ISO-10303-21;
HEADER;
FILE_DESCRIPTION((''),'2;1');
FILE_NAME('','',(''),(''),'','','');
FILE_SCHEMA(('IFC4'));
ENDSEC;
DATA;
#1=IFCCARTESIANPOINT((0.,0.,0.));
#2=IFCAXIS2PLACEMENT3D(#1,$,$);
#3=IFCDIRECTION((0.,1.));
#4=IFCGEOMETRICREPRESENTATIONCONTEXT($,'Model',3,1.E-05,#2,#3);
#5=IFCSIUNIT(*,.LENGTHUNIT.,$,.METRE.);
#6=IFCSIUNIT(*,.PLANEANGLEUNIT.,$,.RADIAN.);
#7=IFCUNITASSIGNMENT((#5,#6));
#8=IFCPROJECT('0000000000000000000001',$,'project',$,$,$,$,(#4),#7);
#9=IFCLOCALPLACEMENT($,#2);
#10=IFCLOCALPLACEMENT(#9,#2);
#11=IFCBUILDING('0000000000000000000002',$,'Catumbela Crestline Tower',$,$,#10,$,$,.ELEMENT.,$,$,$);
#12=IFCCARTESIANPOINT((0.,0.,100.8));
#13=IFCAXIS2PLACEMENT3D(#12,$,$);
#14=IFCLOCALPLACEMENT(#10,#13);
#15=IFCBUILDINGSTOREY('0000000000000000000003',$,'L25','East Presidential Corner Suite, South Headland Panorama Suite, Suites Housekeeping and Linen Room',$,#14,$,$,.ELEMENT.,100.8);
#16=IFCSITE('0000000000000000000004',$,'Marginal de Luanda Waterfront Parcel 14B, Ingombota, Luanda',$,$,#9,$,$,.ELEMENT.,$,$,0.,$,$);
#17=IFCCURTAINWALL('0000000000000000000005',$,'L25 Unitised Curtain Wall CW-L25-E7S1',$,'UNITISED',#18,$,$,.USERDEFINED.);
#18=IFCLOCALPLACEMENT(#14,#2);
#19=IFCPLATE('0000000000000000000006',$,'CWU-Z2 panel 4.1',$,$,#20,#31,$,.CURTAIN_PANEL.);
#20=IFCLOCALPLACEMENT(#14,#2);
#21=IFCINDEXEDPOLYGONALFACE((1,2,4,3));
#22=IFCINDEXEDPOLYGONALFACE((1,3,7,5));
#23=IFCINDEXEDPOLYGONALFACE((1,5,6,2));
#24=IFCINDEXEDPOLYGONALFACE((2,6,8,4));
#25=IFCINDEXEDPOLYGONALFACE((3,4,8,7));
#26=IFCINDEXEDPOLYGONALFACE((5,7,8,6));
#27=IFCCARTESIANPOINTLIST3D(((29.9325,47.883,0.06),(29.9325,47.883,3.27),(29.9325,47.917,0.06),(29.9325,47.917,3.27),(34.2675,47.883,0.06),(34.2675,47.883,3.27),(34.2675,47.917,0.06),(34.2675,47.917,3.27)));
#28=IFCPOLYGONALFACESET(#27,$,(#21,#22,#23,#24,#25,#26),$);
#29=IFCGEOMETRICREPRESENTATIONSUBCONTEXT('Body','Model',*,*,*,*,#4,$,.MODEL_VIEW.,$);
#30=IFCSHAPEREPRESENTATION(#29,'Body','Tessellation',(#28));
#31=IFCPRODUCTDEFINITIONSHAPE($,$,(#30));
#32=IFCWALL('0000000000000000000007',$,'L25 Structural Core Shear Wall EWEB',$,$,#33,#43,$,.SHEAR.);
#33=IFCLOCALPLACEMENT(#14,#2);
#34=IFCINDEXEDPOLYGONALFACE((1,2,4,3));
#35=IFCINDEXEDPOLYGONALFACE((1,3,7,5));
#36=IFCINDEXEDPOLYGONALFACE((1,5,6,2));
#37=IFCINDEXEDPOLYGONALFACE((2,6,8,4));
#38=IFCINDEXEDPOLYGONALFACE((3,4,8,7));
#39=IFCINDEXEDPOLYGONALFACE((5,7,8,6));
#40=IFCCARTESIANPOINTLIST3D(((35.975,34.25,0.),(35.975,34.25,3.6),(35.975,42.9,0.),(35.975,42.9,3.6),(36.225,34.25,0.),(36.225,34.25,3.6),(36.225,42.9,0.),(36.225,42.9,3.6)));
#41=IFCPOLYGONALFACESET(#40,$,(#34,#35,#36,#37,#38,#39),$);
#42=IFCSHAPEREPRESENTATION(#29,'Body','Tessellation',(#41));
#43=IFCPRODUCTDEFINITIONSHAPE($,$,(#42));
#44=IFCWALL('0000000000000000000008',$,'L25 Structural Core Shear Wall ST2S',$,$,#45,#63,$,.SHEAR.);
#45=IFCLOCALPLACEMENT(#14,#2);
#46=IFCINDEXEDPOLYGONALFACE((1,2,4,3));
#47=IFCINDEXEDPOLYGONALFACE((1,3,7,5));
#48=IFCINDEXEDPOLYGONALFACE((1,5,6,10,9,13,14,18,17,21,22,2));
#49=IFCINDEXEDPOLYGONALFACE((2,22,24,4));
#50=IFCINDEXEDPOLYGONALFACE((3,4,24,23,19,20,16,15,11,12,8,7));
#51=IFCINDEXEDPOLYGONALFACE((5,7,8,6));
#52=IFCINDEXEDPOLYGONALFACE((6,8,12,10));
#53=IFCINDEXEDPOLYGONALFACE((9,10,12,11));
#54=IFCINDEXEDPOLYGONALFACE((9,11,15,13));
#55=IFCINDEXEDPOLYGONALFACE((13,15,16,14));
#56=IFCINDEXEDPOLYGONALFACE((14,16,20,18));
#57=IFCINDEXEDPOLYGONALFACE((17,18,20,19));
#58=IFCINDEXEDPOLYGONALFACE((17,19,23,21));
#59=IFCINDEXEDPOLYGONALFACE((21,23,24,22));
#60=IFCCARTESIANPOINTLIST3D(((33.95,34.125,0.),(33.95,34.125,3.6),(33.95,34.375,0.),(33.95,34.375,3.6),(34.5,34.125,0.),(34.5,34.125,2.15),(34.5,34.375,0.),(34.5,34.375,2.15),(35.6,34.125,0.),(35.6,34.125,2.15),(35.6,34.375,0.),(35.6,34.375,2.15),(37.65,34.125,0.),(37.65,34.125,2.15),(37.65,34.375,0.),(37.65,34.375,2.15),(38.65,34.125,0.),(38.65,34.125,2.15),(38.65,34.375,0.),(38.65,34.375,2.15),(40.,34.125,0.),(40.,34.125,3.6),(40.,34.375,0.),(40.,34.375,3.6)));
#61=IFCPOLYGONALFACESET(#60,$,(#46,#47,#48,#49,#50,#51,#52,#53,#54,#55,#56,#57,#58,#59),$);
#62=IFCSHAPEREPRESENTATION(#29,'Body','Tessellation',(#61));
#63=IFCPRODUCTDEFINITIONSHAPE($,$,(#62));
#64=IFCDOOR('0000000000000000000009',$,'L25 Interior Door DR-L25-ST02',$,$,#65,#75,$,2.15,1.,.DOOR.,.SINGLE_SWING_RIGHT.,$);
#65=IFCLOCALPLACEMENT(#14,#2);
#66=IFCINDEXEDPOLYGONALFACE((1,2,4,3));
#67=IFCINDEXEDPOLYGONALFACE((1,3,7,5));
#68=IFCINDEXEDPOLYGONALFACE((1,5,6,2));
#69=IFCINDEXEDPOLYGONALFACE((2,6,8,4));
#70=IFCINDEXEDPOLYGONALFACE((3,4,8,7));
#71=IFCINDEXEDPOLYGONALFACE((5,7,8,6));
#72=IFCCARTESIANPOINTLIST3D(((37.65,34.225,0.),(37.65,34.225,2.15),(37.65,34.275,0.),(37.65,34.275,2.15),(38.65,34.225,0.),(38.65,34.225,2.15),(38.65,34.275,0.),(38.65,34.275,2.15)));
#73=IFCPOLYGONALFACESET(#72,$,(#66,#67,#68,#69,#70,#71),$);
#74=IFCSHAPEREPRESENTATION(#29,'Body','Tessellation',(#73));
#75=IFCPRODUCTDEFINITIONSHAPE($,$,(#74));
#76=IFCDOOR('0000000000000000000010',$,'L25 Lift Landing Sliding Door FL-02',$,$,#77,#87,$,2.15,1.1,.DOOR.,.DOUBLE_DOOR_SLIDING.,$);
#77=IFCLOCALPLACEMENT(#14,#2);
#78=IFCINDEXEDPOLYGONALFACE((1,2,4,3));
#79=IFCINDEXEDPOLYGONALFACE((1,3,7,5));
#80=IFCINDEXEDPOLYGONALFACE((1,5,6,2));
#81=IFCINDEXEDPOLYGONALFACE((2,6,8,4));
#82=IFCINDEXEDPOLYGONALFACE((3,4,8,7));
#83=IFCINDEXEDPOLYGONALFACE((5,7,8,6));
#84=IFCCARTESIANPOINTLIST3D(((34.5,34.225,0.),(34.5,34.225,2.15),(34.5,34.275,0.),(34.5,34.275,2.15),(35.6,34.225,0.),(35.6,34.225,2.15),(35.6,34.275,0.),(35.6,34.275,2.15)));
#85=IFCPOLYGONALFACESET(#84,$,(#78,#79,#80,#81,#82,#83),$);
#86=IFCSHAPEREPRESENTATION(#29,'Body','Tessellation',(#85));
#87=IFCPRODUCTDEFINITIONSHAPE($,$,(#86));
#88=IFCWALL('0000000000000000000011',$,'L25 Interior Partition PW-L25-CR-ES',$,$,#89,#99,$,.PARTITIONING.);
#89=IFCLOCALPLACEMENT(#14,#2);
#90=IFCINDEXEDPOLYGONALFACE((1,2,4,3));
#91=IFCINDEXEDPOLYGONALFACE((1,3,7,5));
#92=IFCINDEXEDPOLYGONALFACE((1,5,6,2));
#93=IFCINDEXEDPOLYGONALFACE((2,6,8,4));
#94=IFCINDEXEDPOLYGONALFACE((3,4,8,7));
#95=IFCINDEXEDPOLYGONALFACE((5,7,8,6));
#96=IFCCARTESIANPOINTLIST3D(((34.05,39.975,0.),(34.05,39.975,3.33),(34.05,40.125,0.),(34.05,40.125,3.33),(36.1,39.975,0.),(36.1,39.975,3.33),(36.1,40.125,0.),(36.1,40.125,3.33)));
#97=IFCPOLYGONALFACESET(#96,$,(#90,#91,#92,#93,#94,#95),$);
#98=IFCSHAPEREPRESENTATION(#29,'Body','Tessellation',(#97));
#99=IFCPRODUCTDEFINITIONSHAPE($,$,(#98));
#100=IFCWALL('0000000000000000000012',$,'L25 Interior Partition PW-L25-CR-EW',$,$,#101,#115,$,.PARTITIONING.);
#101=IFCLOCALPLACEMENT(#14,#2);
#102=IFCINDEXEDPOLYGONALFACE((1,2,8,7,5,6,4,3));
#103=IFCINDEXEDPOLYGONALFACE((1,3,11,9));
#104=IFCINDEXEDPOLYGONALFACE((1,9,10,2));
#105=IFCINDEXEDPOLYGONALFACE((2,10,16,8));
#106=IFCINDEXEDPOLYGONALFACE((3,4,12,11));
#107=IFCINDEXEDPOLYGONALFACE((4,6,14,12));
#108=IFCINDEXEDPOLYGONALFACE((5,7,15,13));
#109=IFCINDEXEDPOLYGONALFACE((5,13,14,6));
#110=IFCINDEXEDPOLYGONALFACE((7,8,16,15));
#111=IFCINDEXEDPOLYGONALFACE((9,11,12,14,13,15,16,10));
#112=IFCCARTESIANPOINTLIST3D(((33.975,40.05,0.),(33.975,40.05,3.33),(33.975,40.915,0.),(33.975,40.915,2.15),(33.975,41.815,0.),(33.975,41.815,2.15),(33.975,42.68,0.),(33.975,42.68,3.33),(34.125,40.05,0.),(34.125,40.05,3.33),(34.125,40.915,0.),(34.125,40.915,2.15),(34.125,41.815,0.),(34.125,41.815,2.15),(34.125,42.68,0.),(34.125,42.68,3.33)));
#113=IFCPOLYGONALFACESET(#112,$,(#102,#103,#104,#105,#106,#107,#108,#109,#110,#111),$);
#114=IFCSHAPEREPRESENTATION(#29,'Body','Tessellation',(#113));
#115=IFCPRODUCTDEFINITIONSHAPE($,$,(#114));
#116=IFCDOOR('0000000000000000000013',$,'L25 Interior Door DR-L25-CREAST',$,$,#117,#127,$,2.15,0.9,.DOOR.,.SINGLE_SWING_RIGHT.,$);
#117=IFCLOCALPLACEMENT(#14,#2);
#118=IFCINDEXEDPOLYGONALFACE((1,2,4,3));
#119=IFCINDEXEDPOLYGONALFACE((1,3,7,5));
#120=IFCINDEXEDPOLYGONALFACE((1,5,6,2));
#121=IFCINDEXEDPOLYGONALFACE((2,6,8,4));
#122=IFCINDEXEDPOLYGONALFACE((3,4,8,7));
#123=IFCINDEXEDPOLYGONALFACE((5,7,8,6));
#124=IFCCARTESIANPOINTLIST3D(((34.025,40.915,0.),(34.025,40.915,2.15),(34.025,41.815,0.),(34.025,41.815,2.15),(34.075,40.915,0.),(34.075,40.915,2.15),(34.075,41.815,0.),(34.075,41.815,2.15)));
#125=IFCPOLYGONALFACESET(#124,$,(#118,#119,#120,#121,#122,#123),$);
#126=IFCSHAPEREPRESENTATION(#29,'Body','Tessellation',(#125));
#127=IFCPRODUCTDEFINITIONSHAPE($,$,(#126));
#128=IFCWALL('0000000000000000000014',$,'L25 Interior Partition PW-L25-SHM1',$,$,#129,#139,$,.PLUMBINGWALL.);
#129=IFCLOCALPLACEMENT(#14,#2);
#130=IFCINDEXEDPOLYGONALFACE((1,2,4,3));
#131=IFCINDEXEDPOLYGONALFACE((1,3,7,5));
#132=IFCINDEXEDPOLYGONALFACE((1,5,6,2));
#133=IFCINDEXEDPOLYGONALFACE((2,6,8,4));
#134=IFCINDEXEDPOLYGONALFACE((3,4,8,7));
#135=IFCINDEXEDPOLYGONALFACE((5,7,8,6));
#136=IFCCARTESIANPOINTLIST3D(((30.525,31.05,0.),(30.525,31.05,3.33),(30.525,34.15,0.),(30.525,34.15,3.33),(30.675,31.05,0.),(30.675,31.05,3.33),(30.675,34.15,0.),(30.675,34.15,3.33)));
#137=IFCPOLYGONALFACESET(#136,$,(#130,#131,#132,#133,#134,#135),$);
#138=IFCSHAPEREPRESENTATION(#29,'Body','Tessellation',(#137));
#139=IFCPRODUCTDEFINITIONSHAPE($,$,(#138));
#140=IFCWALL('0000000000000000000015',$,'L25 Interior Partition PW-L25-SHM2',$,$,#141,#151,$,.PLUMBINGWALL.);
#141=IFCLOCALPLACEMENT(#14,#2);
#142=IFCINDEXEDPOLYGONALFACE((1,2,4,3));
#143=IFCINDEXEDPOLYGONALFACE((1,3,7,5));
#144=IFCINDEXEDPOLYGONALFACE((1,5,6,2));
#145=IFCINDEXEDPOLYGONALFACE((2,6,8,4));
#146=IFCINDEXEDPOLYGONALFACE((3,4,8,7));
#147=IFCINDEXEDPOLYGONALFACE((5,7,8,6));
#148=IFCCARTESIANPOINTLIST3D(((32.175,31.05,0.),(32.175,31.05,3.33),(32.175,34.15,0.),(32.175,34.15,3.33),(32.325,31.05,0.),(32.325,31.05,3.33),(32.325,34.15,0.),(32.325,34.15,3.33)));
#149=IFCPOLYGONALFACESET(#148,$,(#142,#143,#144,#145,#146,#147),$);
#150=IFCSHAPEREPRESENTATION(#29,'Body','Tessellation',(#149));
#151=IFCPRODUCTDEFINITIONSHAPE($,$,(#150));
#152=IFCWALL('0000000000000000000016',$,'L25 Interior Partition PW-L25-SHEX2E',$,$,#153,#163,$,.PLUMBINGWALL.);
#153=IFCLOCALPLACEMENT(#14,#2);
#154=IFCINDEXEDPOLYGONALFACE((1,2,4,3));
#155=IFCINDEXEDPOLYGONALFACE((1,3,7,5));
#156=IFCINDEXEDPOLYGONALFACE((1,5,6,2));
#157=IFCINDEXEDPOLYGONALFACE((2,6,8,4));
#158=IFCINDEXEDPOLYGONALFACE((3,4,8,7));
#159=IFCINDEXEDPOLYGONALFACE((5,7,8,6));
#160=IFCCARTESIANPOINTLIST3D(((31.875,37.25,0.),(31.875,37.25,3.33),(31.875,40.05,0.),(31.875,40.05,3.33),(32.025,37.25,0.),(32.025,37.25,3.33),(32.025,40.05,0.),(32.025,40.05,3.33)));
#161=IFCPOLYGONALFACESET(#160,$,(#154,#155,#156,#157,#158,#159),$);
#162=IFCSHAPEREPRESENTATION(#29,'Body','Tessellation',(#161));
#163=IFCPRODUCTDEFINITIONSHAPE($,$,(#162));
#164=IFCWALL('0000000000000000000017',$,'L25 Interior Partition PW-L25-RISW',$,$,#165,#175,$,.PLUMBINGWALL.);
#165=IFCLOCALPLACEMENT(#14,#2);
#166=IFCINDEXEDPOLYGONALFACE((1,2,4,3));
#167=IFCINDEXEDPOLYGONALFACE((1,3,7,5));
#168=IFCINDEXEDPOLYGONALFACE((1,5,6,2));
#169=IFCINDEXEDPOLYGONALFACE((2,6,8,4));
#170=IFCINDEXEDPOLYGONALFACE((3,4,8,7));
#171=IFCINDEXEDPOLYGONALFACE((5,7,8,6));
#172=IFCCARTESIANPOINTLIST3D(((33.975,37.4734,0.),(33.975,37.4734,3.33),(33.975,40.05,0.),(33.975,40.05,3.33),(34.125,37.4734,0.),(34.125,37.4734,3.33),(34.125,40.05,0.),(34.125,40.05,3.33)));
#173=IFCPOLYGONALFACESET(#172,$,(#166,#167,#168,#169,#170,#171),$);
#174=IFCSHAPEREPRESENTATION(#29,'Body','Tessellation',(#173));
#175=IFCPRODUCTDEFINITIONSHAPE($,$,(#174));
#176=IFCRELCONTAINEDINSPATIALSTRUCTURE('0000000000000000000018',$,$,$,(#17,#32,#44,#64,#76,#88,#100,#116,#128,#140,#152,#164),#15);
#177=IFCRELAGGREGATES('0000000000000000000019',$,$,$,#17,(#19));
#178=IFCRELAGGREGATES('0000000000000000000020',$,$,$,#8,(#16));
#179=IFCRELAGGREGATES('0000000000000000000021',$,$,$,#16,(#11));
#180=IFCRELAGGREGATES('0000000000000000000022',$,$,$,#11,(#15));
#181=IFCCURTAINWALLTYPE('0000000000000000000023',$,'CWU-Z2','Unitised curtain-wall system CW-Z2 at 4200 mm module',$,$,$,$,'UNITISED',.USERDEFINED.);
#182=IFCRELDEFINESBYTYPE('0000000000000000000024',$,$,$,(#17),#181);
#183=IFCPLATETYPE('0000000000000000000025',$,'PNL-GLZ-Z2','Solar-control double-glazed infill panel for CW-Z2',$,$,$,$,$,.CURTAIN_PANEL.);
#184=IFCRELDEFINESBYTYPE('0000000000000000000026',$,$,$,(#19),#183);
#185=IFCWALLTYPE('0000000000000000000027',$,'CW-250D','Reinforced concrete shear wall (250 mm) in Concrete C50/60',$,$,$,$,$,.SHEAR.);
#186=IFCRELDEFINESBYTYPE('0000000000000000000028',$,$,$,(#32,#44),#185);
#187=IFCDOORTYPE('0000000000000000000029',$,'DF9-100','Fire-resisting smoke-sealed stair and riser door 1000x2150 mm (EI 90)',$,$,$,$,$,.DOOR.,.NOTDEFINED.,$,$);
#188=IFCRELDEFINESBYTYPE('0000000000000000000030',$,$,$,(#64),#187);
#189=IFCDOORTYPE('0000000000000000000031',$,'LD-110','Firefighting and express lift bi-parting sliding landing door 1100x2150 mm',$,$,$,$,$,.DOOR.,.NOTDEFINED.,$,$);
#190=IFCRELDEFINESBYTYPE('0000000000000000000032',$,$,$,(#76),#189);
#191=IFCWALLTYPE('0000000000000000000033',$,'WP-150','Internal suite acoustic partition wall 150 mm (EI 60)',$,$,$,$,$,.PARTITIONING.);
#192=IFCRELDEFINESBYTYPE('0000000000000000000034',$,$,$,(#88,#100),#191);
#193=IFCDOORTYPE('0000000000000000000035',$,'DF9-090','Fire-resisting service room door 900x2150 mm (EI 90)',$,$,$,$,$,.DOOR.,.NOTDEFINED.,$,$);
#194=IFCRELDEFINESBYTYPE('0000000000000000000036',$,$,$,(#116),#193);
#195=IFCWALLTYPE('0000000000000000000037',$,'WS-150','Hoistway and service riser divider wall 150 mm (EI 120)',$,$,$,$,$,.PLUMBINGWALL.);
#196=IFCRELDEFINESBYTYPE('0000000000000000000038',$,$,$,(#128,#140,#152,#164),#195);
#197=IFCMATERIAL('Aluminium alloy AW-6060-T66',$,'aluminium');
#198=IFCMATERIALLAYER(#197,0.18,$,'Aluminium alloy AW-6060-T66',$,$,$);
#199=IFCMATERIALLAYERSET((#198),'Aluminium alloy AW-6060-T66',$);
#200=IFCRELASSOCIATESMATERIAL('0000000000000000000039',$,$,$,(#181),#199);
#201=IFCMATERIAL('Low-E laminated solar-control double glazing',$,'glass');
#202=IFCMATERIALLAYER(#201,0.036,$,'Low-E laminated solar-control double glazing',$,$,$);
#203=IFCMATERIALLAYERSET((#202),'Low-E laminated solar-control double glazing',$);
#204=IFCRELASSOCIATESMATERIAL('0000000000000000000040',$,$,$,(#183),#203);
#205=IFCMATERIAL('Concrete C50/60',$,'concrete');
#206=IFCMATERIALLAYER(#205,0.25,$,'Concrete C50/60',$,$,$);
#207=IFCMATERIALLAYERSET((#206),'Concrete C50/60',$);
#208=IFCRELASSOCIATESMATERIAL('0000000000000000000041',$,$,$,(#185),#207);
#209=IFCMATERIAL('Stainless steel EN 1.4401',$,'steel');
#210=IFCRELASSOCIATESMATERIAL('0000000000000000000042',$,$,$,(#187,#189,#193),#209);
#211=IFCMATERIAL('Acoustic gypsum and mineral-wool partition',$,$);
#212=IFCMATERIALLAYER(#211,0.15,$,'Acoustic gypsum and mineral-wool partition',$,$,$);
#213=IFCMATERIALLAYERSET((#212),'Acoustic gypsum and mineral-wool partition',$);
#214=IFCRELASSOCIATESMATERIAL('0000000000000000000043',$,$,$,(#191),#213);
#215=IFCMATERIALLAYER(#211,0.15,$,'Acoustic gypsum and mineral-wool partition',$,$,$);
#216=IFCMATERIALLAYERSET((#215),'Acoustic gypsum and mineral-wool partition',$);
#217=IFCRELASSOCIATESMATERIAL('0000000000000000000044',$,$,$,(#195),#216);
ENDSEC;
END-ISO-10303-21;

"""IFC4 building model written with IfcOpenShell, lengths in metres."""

from ifc_helpers import new_model, si_unit, direction, frame, frame_2d, origin, origin_2d, place, context, subcontext, project, spatial, rectangle, extrude, material, layer, layer_set, type_object, element, fill, aggregate, save


model = new_model("IFC4")

# Units and contexts
model_context = context("Model", 3, precision=1e-05, world=origin(), true_north=direction((0.0, 1.0)))
body_context = subcontext(model_context, "Body", "Model", "MODEL_VIEW")
ifc_project = project(units=[si_unit("LENGTHUNIT", "METRE"), si_unit("PLANEANGLEUNIT", "RADIAN")], contexts=[model_context])

# Site, building, storey
site_placement = place(None, origin())
site = spatial("IfcSite", under=ifc_project, at=site_placement, Name="Marginal de Luanda Waterfront Parcel 14B, Ingombota, Luanda", CompositionType="ELEMENT", RefElevation=0.0)
building_placement = place(site_placement, origin())
building = spatial("IfcBuilding", under=site, at=building_placement, Name="Catumbela Crestline Tower", CompositionType="ELEMENT")
storey_placement = place(building_placement, frame((0.0, 0.0, 100.8)))
storey = spatial("IfcBuildingStorey", under=building, at=storey_placement, Name="L25", Description="East Presidential Corner Suite, South Headland Panorama Suite, Suites Housekeeping and Linen Room", CompositionType="ELEMENT", Elevation=100.8)

# Shared definitions
ifc_material_1 = material(Name="Concrete C50/60", Category="concrete")

# Curtain wall
ifc_material_2 = material(Name="Aluminium alloy AW-6060-T66", Category="aluminium")
ifc_layer_1 = layer(ifc_material_2, 0.18, Name="Aluminium alloy AW-6060-T66")
ifc_layer_set_1 = layer_set([ifc_layer_1], Name="Aluminium alloy AW-6060-T66")
curtain_wall_type = type_object("IfcCurtainWallType", Name="CWU-Z2", Description="Unitised curtain-wall system CW-Z2 at 4200 mm module", ElementType="UNITISED", PredefinedType="USERDEFINED", material=ifc_layer_set_1)
curtain_wall_placement = place(storey_placement, origin())
curtain_wall = element("IfcCurtainWall", 1, at=curtain_wall_placement, inside=storey, type_object=curtain_wall_type, Name="L25 Unitised Curtain Wall CW-L25-E7S1", ObjectType="UNITISED", PredefinedType="USERDEFINED")

# Plate
ifc_material_3 = material(Name="Low-E laminated solar-control double glazing", Category="glass")
ifc_layer_2 = layer(ifc_material_3, 0.036, Name="Low-E laminated solar-control double glazing")
ifc_layer_set_2 = layer_set([ifc_layer_2], Name="Low-E laminated solar-control double glazing")
plate_type = type_object("IfcPlateType", Name="PNL-GLZ-Z2", Description="Solar-control double-glazed infill panel for CW-Z2", PredefinedType="CURTAIN_PANEL", material=ifc_layer_set_2)
plate_1_placement = place(storey_placement, frame((32.1, 47.9, 0.06), z_axis=(0.0, 0.0, 1.0), x_axis=(-1.0, 0.0, 0.0)))
plate_1 = element("IfcPlate", 2, at=plate_1_placement, type_object=plate_type, Name="CWU-Z2 panel 4.1", PredefinedType="CURTAIN_PANEL", context=body_context, shape_type="SweptSolid", body=[
    extrude(rectangle(XDim=4.335, YDim=0.034, at=origin_2d()), origin(), (0.0, 0.0, 1.0), 3.21),
])
aggregate(curtain_wall, [plate_1])

# Wall
ifc_layer_3 = layer(ifc_material_1, 0.25, Name="Concrete C50/60")
ifc_layer_set_3 = layer_set([ifc_layer_3], Name="Concrete C50/60")
wall_type_1 = type_object("IfcWallType", Name="CW-250D", Description="Reinforced concrete shear wall (250 mm) in Concrete C50/60", PredefinedType="SHEAR", material=ifc_layer_set_3)
wall_1_placement = place(storey_placement, frame((36.1, 34.25, 0.0), z_axis=(0.0, 0.0, 1.0), x_axis=(0.0, 1.0, 0.0)))
element("IfcWall", 3, at=wall_1_placement, inside=storey, type_object=wall_type_1, Name="L25 Structural Core Shear Wall EWEB", PredefinedType="SHEAR", context=body_context, shape_type="SweptSolid", body=[
    extrude(rectangle(XDim=8.65, YDim=0.25, at=frame_2d((4.325, 0.0))), origin(), (0.0, 0.0, 1.0), 3.6),
])

# Wall, openings, doors
wall_2_placement = place(storey_placement, frame((33.95, 34.25, 0.0), z_axis=(0.0, 0.0, 1.0), x_axis=(1.0, 0.0, 0.0)))
wall_2 = element("IfcWall", 4, at=wall_2_placement, inside=storey, type_object=wall_type_1, Name="L25 Structural Core Shear Wall ST2S", PredefinedType="SHEAR", context=body_context, shape_type="SweptSolid", body=[
    extrude(rectangle(XDim=6.05, YDim=0.25, at=frame_2d((3.025, 0.0))), origin(), (0.0, 0.0, 1.0), 3.6),
])
opening_1_placement = place(wall_2_placement, frame((3.7, 0.0, 0.0)))
opening_1 = element("IfcOpeningElement", 5, at=opening_1_placement, cuts=wall_2, PredefinedType="OPENING", context=body_context, shape_type="SweptSolid", body=[
    extrude(rectangle(XDim=1.0, YDim=2.15, at=frame_2d((0.5, 1.075))), frame((0.0, 0.135, 0.0), z_axis=(0.0, -1.0, 0.0), x_axis=(1.0, 0.0, 0.0)), (0.0, 0.0, 1.0), 0.27),
])
opening_2_placement = place(wall_2_placement, frame((0.55, 0.0, 0.0)))
opening_2 = element("IfcOpeningElement", 6, at=opening_2_placement, cuts=wall_2, PredefinedType="OPENING", context=body_context, shape_type="SweptSolid", body=[
    extrude(rectangle(XDim=1.1, YDim=2.15, at=frame_2d((0.55, 1.075))), frame((0.0, 0.135, 0.0), z_axis=(0.0, -1.0, 0.0), x_axis=(1.0, 0.0, 0.0)), (0.0, 0.0, 1.0), 0.27),
])
ifc_material_4 = material(Name="Stainless steel EN 1.4401", Category="steel")
door_type_1 = type_object("IfcDoorType", Name="DF9-100", Description="Fire-resisting smoke-sealed stair and riser door 1000x2150 mm (EI 90)", OperationType="NOTDEFINED", PredefinedType="DOOR", material=ifc_material_4)
door_1_placement = place(opening_1_placement, origin())
door_1 = element("IfcDoor", 7, at=door_1_placement, inside=storey, type_object=door_type_1, Name="L25 Interior Door DR-L25-ST02", OperationType="SINGLE_SWING_RIGHT", OverallHeight=2.15, OverallWidth=1.0, PredefinedType="DOOR", context=body_context, shape_type="SweptSolid", body=[
    extrude(rectangle(XDim=1.0, YDim=2.15, at=frame_2d((0.5, 1.075))), frame((0.0, 0.025, 0.0), z_axis=(0.0, -1.0, 0.0), x_axis=(1.0, 0.0, 0.0)), (0.0, 0.0, 1.0), 0.05),
])
fill(opening_1, door_1)
door_type_2 = type_object("IfcDoorType", Name="LD-110", Description="Firefighting and express lift bi-parting sliding landing door 1100x2150 mm", OperationType="NOTDEFINED", PredefinedType="DOOR", material=ifc_material_4)
door_2_placement = place(opening_2_placement, origin())
door_2 = element("IfcDoor", 8, at=door_2_placement, inside=storey, type_object=door_type_2, Name="L25 Lift Landing Sliding Door FL-02", OperationType="DOUBLE_DOOR_SLIDING", OverallHeight=2.15, OverallWidth=1.1, PredefinedType="DOOR", context=body_context, shape_type="SweptSolid", body=[
    extrude(rectangle(XDim=1.1, YDim=2.15, at=frame_2d((0.55, 1.075))), frame((0.0, 0.025, 0.0), z_axis=(0.0, -1.0, 0.0), x_axis=(1.0, 0.0, 0.0)), (0.0, 0.0, 1.0), 0.05),
])
fill(opening_2, door_2)

# Wall
ifc_material_5 = material(Name="Acoustic gypsum and mineral-wool partition")
ifc_layer_4 = layer(ifc_material_5, 0.15, Name="Acoustic gypsum and mineral-wool partition")
ifc_layer_set_4 = layer_set([ifc_layer_4], Name="Acoustic gypsum and mineral-wool partition")
wall_type_2 = type_object("IfcWallType", Name="WP-150", Description="Internal suite acoustic partition wall 150 mm (EI 60)", PredefinedType="PARTITIONING", material=ifc_layer_set_4)
wall_3_placement = place(storey_placement, frame((34.05, 40.05, 0.0), z_axis=(0.0, 0.0, 1.0), x_axis=(1.0, 0.0, 0.0)))
element("IfcWall", 9, at=wall_3_placement, inside=storey, type_object=wall_type_2, Name="L25 Interior Partition PW-L25-CR-ES", PredefinedType="PARTITIONING", context=body_context, shape_type="SweptSolid", body=[
    extrude(rectangle(XDim=2.05, YDim=0.15, at=frame_2d((1.025, 0.0))), origin(), (0.0, 0.0, 1.0), 3.33),
])

# Wall, opening, door
wall_4_placement = place(storey_placement, frame((34.05, 40.05, 0.0), z_axis=(0.0, 0.0, 1.0), x_axis=(0.0, 1.0, 0.0)))
wall_4 = element("IfcWall", 10, at=wall_4_placement, inside=storey, type_object=wall_type_2, Name="L25 Interior Partition PW-L25-CR-EW", PredefinedType="PARTITIONING", context=body_context, shape_type="SweptSolid", body=[
    extrude(rectangle(XDim=2.63, YDim=0.15, at=frame_2d((1.315, 0.0))), origin(), (0.0, 0.0, 1.0), 3.33),
])
opening_3_placement = place(wall_4_placement, frame((0.865, 0.0, 0.0)))
opening_3 = element("IfcOpeningElement", 11, at=opening_3_placement, cuts=wall_4, PredefinedType="OPENING", context=body_context, shape_type="SweptSolid", body=[
    extrude(rectangle(XDim=0.9, YDim=2.15, at=frame_2d((0.45, 1.075))), frame((0.0, 0.085, 0.0), z_axis=(0.0, -1.0, 0.0), x_axis=(1.0, 0.0, 0.0)), (0.0, 0.0, 1.0), 0.17),
])
door_type_3 = type_object("IfcDoorType", Name="DF9-090", Description="Fire-resisting service room door 900x2150 mm (EI 90)", OperationType="NOTDEFINED", PredefinedType="DOOR", material=ifc_material_4)
door_3_placement = place(opening_3_placement, origin())
door_3 = element("IfcDoor", 12, at=door_3_placement, inside=storey, type_object=door_type_3, Name="L25 Interior Door DR-L25-CREAST", OperationType="SINGLE_SWING_RIGHT", OverallHeight=2.15, OverallWidth=0.9, PredefinedType="DOOR", context=body_context, shape_type="SweptSolid", body=[
    extrude(rectangle(XDim=0.9, YDim=2.15, at=frame_2d((0.45, 1.075))), frame((0.0, 0.025, 0.0), z_axis=(0.0, -1.0, 0.0), x_axis=(1.0, 0.0, 0.0)), (0.0, 0.0, 1.0), 0.05),
])
fill(opening_3, door_3)

# Walls
ifc_layer_5 = layer(ifc_material_5, 0.15, Name="Acoustic gypsum and mineral-wool partition")
ifc_layer_set_5 = layer_set([ifc_layer_5], Name="Acoustic gypsum and mineral-wool partition")
wall_type_3 = type_object("IfcWallType", Name="WS-150", Description="Hoistway and service riser divider wall 150 mm (EI 120)", PredefinedType="PLUMBINGWALL", material=ifc_layer_set_5)
for number, where, z_axis, x_axis, name in (
    (13, (30.6, 31.05, 0.0), (0.0, 0.0, 1.0), (0.0, 1.0, 0.0), "L25 Interior Partition PW-L25-SHM1"),
    (14, (32.25, 31.05, 0.0), (0.0, 0.0, 1.0), (0.0, 1.0, 0.0), "L25 Interior Partition PW-L25-SHM2"),
):
    element("IfcWall", number, at=place(storey_placement, frame(where, z_axis=z_axis, x_axis=x_axis)), inside=storey, type_object=wall_type_3, Name=name, PredefinedType="PLUMBINGWALL", context=body_context, shape_type="SweptSolid", body=[
        extrude(rectangle(XDim=3.1, YDim=0.15, at=frame_2d((1.55, 0.0))), origin(), (0.0, 0.0, 1.0), 3.33),
    ])
wall_5_placement = place(storey_placement, frame((31.95, 37.25, 0.0), z_axis=(0.0, 0.0, 1.0), x_axis=(0.0, 1.0, 0.0)))
element("IfcWall", 15, at=wall_5_placement, inside=storey, type_object=wall_type_3, Name="L25 Interior Partition PW-L25-SHEX2E", PredefinedType="PLUMBINGWALL", context=body_context, shape_type="SweptSolid", body=[
    extrude(rectangle(XDim=2.8, YDim=0.15, at=frame_2d((1.4, 0.0))), origin(), (0.0, 0.0, 1.0), 3.33),
])
wall_6_placement = place(storey_placement, frame((34.05, 37.4734, 0.0), z_axis=(0.0, 0.0, 1.0), x_axis=(0.0, 1.0, 0.0)))
element("IfcWall", 16, at=wall_6_placement, inside=storey, type_object=wall_type_3, Name="L25 Interior Partition PW-L25-RISW", PredefinedType="PLUMBINGWALL", context=body_context, shape_type="SweptSolid", body=[
    extrude(rectangle(XDim=2.5766, YDim=0.15, at=frame_2d((1.2883, 0.0))), origin(), (0.0, 0.0, 1.0), 3.33),
])

save(model, "model.ifc")
